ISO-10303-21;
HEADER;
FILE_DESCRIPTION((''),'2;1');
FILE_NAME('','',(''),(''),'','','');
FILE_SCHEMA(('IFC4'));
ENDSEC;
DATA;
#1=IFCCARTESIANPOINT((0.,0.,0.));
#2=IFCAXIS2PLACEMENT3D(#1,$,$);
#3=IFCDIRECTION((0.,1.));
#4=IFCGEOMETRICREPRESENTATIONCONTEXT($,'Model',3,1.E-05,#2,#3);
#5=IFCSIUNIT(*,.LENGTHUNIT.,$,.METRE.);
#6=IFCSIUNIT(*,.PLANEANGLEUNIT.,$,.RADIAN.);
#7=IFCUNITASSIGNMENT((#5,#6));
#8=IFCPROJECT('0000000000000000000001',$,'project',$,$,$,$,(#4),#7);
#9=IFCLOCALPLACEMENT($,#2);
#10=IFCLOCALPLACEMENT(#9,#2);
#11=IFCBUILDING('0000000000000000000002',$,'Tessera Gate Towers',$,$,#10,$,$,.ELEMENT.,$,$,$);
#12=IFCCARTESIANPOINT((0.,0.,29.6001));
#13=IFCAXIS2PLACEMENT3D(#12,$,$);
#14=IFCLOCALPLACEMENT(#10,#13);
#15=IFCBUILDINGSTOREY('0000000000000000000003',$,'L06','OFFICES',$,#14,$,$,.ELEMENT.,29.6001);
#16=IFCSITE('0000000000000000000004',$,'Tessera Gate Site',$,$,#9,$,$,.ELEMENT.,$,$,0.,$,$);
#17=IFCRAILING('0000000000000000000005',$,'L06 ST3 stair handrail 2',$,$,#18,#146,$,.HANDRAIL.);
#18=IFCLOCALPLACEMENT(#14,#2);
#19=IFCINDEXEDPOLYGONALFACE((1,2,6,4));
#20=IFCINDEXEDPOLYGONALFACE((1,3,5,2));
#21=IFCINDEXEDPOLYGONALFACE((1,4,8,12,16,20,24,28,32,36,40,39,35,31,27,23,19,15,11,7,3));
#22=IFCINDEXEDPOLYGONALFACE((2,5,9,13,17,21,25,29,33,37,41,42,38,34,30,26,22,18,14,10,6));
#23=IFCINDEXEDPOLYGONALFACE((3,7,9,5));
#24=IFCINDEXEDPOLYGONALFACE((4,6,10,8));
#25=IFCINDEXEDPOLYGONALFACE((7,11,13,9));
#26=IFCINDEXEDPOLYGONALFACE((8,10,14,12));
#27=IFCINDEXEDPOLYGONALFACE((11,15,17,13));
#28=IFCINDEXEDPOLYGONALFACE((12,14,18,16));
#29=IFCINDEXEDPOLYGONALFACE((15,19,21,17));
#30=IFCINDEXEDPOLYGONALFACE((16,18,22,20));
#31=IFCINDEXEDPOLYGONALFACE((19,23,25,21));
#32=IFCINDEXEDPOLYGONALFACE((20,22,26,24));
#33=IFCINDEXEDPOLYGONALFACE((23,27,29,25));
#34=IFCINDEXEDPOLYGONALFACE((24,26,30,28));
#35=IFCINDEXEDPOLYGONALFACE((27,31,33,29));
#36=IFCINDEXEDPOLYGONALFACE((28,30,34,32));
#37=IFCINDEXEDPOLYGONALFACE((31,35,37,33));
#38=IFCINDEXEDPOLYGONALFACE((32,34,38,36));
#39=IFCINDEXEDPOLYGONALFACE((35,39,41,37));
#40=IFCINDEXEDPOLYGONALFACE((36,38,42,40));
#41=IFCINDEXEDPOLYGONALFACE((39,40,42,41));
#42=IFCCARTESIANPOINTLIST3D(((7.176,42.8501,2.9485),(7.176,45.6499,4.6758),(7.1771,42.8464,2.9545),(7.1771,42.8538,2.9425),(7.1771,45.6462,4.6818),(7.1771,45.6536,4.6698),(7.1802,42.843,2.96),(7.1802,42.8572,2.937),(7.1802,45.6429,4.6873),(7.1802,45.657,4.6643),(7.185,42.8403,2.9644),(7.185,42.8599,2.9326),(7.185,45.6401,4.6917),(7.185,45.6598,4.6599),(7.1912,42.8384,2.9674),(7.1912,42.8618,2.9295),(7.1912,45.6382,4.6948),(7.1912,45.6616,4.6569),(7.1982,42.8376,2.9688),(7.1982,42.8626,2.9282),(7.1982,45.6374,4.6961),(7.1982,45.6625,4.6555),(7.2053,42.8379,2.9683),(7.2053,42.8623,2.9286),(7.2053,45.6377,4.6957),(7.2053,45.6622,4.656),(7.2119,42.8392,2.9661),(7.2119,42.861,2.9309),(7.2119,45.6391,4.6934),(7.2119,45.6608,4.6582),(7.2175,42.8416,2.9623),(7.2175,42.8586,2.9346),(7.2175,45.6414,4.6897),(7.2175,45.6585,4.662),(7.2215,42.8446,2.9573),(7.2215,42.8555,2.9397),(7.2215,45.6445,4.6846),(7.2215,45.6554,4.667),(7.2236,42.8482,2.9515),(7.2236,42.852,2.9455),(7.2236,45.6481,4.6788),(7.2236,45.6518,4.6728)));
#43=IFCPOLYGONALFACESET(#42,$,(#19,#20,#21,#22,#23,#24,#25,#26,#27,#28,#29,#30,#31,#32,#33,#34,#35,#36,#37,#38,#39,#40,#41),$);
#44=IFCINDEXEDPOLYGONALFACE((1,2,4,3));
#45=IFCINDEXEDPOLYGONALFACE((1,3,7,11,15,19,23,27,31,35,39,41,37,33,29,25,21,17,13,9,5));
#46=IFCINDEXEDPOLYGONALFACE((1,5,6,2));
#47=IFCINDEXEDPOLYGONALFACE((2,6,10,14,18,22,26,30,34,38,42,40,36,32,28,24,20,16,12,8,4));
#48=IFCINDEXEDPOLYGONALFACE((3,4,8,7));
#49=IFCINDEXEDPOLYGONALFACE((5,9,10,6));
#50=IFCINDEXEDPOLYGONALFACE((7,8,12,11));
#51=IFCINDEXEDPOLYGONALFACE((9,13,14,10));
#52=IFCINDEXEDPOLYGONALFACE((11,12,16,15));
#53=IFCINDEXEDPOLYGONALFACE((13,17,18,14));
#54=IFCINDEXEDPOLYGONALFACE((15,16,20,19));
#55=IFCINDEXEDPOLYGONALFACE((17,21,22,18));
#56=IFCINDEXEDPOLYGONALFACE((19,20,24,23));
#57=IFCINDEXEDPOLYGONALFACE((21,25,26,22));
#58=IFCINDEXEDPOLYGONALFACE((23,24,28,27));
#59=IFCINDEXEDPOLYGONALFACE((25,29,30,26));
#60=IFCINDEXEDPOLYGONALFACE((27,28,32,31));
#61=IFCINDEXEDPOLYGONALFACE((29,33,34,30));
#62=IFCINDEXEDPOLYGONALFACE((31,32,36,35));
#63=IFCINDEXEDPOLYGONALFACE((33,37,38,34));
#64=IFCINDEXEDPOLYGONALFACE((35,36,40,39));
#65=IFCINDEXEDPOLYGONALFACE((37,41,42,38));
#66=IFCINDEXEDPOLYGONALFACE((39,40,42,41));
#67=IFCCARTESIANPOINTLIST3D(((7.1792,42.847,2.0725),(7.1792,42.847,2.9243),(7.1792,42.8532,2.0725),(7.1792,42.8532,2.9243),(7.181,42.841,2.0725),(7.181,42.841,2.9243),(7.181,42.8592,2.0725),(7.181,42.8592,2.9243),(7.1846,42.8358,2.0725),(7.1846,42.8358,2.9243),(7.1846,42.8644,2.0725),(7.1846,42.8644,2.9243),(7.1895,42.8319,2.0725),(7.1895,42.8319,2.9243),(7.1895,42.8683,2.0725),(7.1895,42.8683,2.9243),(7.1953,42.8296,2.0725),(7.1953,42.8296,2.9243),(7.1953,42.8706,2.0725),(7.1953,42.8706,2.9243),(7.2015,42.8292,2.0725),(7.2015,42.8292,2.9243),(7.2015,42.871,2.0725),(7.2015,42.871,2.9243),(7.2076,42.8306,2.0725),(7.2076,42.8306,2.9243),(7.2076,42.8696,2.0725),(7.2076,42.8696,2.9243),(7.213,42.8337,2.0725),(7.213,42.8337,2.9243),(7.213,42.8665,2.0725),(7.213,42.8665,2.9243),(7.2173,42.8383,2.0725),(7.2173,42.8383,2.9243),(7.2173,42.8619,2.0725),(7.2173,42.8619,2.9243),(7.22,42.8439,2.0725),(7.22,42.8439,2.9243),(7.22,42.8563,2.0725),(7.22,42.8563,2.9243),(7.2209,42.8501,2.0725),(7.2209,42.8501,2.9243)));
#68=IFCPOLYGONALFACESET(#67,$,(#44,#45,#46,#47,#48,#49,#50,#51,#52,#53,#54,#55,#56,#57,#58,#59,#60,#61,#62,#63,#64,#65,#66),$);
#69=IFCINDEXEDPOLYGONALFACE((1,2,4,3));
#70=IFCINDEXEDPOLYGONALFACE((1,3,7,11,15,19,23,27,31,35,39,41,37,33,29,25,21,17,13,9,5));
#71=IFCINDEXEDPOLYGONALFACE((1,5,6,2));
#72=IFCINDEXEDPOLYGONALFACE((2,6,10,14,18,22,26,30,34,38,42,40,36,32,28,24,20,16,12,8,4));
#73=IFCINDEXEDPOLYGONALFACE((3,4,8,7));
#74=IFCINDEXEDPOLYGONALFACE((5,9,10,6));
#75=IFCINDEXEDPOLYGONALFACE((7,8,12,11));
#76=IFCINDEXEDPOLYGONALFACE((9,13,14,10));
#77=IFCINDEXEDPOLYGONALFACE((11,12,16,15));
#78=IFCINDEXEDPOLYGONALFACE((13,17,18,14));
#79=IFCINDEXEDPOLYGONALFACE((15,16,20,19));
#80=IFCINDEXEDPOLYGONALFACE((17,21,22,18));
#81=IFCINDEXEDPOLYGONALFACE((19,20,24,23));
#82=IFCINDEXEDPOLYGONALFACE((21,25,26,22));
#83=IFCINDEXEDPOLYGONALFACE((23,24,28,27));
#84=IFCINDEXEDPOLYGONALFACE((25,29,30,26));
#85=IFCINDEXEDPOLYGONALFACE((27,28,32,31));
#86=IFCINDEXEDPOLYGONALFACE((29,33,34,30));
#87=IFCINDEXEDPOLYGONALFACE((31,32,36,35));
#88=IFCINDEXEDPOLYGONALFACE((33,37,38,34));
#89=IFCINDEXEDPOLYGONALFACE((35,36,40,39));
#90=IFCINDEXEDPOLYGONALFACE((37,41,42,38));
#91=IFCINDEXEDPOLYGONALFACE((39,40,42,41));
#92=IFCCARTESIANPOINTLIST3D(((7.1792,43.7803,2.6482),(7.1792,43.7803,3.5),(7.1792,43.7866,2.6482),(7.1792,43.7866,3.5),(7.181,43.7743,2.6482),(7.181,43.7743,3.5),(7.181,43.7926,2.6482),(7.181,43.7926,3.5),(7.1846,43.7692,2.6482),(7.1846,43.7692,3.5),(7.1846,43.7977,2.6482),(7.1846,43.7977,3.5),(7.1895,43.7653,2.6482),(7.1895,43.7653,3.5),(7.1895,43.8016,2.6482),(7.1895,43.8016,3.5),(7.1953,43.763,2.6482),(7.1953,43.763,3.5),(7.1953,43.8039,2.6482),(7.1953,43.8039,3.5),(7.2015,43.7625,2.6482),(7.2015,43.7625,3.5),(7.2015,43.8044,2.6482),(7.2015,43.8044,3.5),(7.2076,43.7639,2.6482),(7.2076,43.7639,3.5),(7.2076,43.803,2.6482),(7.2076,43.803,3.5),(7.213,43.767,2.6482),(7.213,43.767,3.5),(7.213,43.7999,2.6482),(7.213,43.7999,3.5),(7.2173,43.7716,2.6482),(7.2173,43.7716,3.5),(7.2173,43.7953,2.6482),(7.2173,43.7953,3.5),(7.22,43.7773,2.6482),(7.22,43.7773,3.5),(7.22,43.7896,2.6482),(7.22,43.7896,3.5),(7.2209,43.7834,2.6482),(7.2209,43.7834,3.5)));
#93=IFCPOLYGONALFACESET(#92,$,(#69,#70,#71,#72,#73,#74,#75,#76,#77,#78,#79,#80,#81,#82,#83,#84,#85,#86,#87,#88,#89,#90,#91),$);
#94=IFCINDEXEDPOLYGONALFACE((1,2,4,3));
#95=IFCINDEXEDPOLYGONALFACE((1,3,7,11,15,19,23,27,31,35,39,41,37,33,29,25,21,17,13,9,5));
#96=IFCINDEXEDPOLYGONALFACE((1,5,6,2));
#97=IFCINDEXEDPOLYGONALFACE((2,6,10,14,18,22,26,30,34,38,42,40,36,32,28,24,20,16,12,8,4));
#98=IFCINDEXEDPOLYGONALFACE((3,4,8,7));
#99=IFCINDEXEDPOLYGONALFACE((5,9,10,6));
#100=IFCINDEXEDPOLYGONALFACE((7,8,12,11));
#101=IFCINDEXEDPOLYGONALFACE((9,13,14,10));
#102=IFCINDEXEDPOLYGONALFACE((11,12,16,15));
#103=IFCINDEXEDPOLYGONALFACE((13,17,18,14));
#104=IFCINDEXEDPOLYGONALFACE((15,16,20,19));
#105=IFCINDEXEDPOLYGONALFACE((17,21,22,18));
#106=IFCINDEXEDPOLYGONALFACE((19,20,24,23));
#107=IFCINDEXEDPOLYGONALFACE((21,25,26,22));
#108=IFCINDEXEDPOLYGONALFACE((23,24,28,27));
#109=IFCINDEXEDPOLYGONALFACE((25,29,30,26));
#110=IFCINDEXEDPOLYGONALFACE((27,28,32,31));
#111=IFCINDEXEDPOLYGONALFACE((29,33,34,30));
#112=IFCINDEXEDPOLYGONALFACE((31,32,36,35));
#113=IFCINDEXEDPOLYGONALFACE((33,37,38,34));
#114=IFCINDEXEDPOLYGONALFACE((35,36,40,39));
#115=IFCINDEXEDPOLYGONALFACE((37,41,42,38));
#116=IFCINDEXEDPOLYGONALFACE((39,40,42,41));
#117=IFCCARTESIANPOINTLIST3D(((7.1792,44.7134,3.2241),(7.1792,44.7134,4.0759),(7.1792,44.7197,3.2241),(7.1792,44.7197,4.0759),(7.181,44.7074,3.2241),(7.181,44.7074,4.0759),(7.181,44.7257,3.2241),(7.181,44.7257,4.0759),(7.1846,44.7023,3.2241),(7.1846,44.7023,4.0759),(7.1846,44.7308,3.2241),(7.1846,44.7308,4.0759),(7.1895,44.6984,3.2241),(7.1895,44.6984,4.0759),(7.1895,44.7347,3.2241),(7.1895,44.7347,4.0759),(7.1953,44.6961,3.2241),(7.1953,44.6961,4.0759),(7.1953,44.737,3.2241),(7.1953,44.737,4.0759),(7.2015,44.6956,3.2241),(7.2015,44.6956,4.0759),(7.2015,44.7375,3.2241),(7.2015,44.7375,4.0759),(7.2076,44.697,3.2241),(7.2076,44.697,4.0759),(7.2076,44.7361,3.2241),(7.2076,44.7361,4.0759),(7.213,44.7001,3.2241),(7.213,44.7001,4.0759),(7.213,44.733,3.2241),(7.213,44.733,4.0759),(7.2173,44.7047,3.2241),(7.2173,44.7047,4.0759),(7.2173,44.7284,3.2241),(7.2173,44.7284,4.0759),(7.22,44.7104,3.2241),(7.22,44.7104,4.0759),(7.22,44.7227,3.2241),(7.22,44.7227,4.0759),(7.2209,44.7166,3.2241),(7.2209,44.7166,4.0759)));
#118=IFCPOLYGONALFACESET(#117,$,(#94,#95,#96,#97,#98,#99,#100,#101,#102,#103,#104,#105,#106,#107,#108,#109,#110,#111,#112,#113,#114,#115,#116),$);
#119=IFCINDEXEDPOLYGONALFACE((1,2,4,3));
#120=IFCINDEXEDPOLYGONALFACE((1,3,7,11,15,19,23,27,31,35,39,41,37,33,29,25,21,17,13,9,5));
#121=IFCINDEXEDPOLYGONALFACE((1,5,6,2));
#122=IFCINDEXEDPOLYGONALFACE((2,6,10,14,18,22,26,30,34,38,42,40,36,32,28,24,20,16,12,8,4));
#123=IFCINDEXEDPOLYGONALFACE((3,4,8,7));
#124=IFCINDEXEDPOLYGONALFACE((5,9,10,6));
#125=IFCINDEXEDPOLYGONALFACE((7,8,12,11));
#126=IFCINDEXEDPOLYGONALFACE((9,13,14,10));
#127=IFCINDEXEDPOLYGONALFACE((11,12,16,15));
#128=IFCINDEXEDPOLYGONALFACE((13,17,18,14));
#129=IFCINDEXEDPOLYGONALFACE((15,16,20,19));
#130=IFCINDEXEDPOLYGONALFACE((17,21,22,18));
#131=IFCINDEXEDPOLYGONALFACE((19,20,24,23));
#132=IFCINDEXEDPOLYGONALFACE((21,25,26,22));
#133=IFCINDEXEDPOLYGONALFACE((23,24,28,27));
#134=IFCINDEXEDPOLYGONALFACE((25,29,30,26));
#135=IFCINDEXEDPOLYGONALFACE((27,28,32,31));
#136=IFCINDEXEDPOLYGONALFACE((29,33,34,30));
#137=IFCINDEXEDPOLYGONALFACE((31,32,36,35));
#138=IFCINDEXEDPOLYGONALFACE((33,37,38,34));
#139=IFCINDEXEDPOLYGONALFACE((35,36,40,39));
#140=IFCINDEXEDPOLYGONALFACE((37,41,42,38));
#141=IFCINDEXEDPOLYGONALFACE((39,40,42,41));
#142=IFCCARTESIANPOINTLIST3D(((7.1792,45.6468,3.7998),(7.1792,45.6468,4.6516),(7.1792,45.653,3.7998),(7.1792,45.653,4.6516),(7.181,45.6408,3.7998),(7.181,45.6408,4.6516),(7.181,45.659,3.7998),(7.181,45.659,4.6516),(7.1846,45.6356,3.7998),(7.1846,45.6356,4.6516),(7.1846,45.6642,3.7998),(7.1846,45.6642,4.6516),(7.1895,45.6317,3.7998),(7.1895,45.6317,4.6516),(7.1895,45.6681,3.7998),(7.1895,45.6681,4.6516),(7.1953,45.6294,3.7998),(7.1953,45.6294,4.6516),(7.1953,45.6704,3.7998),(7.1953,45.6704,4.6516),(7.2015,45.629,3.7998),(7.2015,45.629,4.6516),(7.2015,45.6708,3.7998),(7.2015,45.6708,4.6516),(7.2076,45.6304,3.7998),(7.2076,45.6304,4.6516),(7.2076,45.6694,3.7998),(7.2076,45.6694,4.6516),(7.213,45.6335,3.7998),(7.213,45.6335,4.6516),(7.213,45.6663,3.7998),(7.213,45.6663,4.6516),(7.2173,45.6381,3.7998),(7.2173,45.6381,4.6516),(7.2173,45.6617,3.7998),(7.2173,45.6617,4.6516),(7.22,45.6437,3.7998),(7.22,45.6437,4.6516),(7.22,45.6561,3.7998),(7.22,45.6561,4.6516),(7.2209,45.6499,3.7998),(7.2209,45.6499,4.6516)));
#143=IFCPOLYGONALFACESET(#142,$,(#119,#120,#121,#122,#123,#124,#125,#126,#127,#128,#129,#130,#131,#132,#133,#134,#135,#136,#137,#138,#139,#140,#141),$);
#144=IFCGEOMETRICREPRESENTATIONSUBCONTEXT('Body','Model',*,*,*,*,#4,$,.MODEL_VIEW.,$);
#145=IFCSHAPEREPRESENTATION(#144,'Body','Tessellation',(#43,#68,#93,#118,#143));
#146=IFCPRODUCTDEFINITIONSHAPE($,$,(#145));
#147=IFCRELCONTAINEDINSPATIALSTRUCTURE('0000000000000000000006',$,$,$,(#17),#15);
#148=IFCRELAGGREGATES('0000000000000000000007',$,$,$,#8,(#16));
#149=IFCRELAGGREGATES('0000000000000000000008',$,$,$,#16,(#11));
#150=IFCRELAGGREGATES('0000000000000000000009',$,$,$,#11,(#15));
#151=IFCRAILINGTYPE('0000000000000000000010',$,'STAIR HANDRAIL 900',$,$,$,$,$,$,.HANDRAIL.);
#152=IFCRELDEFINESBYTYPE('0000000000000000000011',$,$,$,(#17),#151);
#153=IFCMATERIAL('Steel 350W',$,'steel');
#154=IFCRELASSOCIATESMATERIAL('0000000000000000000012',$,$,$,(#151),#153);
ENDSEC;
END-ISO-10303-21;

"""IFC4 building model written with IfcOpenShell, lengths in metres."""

from ifc_helpers import new_model, si_unit, direction, frame, origin, origin_2d, place, context, subcontext, project, spatial, circle, extrude, material, type_object, element, save


model = new_model("IFC4")

# Units and contexts
model_context = context("Model", 3, precision=1e-05, world=origin(), true_north=direction((0.0, 1.0)))
body_context = subcontext(model_context, "Body", "Model", "MODEL_VIEW")
ifc_project = project(units=[si_unit("LENGTHUNIT", "METRE"), si_unit("PLANEANGLEUNIT", "RADIAN")], contexts=[model_context])

# Site, building, storey
site_placement = place(None, origin())
site = spatial("IfcSite", under=ifc_project, at=site_placement, Name="Tessera Gate Site", CompositionType="ELEMENT", RefElevation=0.0)
building_placement = place(site_placement, origin())
building = spatial("IfcBuilding", under=site, at=building_placement, Name="Tessera Gate Towers", CompositionType="ELEMENT")
storey_placement = place(building_placement, frame((0.0, 0.0, 29.6001)))
storey = spatial("IfcBuildingStorey", under=building, at=storey_placement, Name="L06", Description="OFFICES", CompositionType="ELEMENT", Elevation=29.6001)

# Railing
ifc_material_1 = material(Name="Steel 350W", Category="steel")
railing_type_1 = type_object("IfcRailingType", Name="STAIR HANDRAIL 900", PredefinedType="HANDRAIL", material=ifc_material_1)
railing_1_placement = place(storey_placement, frame((7.2, 42.8501, 2.0725)))
element("IfcRailing", 1, at=railing_1_placement, inside=storey, type_object=railing_type_1, Name="L06 ST3 stair handrail 2", PredefinedType="HANDRAIL", context=body_context, shape_type="SweptSolid", body=[
    extrude(circle(Radius=0.0239, at=origin_2d()), frame((0.0, 0.0, 0.876), z_axis=(0.0, 0.851069, 0.525054), x_axis=(-1.0, 0.0, 0.0)), (0.0, 0.0, 1.0), 3.2898),
    extrude(circle(Radius=0.021, at=origin_2d()), origin(), (0.0, 0.0, 1.0), 0.8518),
    extrude(circle(Radius=0.021, at=origin_2d()), frame((0.0, 0.9333, 0.5757)), (0.0, 0.0, 1.0), 0.8518),
    extrude(circle(Radius=0.021, at=origin_2d()), frame((0.0, 1.8665, 1.1516)), (0.0, 0.0, 1.0), 0.8518),
    extrude(circle(Radius=0.021, at=origin_2d()), frame((0.0, 2.7998, 1.7273)), (0.0, 0.0, 1.0), 0.8518),
])

save(model, "model.ifc")
